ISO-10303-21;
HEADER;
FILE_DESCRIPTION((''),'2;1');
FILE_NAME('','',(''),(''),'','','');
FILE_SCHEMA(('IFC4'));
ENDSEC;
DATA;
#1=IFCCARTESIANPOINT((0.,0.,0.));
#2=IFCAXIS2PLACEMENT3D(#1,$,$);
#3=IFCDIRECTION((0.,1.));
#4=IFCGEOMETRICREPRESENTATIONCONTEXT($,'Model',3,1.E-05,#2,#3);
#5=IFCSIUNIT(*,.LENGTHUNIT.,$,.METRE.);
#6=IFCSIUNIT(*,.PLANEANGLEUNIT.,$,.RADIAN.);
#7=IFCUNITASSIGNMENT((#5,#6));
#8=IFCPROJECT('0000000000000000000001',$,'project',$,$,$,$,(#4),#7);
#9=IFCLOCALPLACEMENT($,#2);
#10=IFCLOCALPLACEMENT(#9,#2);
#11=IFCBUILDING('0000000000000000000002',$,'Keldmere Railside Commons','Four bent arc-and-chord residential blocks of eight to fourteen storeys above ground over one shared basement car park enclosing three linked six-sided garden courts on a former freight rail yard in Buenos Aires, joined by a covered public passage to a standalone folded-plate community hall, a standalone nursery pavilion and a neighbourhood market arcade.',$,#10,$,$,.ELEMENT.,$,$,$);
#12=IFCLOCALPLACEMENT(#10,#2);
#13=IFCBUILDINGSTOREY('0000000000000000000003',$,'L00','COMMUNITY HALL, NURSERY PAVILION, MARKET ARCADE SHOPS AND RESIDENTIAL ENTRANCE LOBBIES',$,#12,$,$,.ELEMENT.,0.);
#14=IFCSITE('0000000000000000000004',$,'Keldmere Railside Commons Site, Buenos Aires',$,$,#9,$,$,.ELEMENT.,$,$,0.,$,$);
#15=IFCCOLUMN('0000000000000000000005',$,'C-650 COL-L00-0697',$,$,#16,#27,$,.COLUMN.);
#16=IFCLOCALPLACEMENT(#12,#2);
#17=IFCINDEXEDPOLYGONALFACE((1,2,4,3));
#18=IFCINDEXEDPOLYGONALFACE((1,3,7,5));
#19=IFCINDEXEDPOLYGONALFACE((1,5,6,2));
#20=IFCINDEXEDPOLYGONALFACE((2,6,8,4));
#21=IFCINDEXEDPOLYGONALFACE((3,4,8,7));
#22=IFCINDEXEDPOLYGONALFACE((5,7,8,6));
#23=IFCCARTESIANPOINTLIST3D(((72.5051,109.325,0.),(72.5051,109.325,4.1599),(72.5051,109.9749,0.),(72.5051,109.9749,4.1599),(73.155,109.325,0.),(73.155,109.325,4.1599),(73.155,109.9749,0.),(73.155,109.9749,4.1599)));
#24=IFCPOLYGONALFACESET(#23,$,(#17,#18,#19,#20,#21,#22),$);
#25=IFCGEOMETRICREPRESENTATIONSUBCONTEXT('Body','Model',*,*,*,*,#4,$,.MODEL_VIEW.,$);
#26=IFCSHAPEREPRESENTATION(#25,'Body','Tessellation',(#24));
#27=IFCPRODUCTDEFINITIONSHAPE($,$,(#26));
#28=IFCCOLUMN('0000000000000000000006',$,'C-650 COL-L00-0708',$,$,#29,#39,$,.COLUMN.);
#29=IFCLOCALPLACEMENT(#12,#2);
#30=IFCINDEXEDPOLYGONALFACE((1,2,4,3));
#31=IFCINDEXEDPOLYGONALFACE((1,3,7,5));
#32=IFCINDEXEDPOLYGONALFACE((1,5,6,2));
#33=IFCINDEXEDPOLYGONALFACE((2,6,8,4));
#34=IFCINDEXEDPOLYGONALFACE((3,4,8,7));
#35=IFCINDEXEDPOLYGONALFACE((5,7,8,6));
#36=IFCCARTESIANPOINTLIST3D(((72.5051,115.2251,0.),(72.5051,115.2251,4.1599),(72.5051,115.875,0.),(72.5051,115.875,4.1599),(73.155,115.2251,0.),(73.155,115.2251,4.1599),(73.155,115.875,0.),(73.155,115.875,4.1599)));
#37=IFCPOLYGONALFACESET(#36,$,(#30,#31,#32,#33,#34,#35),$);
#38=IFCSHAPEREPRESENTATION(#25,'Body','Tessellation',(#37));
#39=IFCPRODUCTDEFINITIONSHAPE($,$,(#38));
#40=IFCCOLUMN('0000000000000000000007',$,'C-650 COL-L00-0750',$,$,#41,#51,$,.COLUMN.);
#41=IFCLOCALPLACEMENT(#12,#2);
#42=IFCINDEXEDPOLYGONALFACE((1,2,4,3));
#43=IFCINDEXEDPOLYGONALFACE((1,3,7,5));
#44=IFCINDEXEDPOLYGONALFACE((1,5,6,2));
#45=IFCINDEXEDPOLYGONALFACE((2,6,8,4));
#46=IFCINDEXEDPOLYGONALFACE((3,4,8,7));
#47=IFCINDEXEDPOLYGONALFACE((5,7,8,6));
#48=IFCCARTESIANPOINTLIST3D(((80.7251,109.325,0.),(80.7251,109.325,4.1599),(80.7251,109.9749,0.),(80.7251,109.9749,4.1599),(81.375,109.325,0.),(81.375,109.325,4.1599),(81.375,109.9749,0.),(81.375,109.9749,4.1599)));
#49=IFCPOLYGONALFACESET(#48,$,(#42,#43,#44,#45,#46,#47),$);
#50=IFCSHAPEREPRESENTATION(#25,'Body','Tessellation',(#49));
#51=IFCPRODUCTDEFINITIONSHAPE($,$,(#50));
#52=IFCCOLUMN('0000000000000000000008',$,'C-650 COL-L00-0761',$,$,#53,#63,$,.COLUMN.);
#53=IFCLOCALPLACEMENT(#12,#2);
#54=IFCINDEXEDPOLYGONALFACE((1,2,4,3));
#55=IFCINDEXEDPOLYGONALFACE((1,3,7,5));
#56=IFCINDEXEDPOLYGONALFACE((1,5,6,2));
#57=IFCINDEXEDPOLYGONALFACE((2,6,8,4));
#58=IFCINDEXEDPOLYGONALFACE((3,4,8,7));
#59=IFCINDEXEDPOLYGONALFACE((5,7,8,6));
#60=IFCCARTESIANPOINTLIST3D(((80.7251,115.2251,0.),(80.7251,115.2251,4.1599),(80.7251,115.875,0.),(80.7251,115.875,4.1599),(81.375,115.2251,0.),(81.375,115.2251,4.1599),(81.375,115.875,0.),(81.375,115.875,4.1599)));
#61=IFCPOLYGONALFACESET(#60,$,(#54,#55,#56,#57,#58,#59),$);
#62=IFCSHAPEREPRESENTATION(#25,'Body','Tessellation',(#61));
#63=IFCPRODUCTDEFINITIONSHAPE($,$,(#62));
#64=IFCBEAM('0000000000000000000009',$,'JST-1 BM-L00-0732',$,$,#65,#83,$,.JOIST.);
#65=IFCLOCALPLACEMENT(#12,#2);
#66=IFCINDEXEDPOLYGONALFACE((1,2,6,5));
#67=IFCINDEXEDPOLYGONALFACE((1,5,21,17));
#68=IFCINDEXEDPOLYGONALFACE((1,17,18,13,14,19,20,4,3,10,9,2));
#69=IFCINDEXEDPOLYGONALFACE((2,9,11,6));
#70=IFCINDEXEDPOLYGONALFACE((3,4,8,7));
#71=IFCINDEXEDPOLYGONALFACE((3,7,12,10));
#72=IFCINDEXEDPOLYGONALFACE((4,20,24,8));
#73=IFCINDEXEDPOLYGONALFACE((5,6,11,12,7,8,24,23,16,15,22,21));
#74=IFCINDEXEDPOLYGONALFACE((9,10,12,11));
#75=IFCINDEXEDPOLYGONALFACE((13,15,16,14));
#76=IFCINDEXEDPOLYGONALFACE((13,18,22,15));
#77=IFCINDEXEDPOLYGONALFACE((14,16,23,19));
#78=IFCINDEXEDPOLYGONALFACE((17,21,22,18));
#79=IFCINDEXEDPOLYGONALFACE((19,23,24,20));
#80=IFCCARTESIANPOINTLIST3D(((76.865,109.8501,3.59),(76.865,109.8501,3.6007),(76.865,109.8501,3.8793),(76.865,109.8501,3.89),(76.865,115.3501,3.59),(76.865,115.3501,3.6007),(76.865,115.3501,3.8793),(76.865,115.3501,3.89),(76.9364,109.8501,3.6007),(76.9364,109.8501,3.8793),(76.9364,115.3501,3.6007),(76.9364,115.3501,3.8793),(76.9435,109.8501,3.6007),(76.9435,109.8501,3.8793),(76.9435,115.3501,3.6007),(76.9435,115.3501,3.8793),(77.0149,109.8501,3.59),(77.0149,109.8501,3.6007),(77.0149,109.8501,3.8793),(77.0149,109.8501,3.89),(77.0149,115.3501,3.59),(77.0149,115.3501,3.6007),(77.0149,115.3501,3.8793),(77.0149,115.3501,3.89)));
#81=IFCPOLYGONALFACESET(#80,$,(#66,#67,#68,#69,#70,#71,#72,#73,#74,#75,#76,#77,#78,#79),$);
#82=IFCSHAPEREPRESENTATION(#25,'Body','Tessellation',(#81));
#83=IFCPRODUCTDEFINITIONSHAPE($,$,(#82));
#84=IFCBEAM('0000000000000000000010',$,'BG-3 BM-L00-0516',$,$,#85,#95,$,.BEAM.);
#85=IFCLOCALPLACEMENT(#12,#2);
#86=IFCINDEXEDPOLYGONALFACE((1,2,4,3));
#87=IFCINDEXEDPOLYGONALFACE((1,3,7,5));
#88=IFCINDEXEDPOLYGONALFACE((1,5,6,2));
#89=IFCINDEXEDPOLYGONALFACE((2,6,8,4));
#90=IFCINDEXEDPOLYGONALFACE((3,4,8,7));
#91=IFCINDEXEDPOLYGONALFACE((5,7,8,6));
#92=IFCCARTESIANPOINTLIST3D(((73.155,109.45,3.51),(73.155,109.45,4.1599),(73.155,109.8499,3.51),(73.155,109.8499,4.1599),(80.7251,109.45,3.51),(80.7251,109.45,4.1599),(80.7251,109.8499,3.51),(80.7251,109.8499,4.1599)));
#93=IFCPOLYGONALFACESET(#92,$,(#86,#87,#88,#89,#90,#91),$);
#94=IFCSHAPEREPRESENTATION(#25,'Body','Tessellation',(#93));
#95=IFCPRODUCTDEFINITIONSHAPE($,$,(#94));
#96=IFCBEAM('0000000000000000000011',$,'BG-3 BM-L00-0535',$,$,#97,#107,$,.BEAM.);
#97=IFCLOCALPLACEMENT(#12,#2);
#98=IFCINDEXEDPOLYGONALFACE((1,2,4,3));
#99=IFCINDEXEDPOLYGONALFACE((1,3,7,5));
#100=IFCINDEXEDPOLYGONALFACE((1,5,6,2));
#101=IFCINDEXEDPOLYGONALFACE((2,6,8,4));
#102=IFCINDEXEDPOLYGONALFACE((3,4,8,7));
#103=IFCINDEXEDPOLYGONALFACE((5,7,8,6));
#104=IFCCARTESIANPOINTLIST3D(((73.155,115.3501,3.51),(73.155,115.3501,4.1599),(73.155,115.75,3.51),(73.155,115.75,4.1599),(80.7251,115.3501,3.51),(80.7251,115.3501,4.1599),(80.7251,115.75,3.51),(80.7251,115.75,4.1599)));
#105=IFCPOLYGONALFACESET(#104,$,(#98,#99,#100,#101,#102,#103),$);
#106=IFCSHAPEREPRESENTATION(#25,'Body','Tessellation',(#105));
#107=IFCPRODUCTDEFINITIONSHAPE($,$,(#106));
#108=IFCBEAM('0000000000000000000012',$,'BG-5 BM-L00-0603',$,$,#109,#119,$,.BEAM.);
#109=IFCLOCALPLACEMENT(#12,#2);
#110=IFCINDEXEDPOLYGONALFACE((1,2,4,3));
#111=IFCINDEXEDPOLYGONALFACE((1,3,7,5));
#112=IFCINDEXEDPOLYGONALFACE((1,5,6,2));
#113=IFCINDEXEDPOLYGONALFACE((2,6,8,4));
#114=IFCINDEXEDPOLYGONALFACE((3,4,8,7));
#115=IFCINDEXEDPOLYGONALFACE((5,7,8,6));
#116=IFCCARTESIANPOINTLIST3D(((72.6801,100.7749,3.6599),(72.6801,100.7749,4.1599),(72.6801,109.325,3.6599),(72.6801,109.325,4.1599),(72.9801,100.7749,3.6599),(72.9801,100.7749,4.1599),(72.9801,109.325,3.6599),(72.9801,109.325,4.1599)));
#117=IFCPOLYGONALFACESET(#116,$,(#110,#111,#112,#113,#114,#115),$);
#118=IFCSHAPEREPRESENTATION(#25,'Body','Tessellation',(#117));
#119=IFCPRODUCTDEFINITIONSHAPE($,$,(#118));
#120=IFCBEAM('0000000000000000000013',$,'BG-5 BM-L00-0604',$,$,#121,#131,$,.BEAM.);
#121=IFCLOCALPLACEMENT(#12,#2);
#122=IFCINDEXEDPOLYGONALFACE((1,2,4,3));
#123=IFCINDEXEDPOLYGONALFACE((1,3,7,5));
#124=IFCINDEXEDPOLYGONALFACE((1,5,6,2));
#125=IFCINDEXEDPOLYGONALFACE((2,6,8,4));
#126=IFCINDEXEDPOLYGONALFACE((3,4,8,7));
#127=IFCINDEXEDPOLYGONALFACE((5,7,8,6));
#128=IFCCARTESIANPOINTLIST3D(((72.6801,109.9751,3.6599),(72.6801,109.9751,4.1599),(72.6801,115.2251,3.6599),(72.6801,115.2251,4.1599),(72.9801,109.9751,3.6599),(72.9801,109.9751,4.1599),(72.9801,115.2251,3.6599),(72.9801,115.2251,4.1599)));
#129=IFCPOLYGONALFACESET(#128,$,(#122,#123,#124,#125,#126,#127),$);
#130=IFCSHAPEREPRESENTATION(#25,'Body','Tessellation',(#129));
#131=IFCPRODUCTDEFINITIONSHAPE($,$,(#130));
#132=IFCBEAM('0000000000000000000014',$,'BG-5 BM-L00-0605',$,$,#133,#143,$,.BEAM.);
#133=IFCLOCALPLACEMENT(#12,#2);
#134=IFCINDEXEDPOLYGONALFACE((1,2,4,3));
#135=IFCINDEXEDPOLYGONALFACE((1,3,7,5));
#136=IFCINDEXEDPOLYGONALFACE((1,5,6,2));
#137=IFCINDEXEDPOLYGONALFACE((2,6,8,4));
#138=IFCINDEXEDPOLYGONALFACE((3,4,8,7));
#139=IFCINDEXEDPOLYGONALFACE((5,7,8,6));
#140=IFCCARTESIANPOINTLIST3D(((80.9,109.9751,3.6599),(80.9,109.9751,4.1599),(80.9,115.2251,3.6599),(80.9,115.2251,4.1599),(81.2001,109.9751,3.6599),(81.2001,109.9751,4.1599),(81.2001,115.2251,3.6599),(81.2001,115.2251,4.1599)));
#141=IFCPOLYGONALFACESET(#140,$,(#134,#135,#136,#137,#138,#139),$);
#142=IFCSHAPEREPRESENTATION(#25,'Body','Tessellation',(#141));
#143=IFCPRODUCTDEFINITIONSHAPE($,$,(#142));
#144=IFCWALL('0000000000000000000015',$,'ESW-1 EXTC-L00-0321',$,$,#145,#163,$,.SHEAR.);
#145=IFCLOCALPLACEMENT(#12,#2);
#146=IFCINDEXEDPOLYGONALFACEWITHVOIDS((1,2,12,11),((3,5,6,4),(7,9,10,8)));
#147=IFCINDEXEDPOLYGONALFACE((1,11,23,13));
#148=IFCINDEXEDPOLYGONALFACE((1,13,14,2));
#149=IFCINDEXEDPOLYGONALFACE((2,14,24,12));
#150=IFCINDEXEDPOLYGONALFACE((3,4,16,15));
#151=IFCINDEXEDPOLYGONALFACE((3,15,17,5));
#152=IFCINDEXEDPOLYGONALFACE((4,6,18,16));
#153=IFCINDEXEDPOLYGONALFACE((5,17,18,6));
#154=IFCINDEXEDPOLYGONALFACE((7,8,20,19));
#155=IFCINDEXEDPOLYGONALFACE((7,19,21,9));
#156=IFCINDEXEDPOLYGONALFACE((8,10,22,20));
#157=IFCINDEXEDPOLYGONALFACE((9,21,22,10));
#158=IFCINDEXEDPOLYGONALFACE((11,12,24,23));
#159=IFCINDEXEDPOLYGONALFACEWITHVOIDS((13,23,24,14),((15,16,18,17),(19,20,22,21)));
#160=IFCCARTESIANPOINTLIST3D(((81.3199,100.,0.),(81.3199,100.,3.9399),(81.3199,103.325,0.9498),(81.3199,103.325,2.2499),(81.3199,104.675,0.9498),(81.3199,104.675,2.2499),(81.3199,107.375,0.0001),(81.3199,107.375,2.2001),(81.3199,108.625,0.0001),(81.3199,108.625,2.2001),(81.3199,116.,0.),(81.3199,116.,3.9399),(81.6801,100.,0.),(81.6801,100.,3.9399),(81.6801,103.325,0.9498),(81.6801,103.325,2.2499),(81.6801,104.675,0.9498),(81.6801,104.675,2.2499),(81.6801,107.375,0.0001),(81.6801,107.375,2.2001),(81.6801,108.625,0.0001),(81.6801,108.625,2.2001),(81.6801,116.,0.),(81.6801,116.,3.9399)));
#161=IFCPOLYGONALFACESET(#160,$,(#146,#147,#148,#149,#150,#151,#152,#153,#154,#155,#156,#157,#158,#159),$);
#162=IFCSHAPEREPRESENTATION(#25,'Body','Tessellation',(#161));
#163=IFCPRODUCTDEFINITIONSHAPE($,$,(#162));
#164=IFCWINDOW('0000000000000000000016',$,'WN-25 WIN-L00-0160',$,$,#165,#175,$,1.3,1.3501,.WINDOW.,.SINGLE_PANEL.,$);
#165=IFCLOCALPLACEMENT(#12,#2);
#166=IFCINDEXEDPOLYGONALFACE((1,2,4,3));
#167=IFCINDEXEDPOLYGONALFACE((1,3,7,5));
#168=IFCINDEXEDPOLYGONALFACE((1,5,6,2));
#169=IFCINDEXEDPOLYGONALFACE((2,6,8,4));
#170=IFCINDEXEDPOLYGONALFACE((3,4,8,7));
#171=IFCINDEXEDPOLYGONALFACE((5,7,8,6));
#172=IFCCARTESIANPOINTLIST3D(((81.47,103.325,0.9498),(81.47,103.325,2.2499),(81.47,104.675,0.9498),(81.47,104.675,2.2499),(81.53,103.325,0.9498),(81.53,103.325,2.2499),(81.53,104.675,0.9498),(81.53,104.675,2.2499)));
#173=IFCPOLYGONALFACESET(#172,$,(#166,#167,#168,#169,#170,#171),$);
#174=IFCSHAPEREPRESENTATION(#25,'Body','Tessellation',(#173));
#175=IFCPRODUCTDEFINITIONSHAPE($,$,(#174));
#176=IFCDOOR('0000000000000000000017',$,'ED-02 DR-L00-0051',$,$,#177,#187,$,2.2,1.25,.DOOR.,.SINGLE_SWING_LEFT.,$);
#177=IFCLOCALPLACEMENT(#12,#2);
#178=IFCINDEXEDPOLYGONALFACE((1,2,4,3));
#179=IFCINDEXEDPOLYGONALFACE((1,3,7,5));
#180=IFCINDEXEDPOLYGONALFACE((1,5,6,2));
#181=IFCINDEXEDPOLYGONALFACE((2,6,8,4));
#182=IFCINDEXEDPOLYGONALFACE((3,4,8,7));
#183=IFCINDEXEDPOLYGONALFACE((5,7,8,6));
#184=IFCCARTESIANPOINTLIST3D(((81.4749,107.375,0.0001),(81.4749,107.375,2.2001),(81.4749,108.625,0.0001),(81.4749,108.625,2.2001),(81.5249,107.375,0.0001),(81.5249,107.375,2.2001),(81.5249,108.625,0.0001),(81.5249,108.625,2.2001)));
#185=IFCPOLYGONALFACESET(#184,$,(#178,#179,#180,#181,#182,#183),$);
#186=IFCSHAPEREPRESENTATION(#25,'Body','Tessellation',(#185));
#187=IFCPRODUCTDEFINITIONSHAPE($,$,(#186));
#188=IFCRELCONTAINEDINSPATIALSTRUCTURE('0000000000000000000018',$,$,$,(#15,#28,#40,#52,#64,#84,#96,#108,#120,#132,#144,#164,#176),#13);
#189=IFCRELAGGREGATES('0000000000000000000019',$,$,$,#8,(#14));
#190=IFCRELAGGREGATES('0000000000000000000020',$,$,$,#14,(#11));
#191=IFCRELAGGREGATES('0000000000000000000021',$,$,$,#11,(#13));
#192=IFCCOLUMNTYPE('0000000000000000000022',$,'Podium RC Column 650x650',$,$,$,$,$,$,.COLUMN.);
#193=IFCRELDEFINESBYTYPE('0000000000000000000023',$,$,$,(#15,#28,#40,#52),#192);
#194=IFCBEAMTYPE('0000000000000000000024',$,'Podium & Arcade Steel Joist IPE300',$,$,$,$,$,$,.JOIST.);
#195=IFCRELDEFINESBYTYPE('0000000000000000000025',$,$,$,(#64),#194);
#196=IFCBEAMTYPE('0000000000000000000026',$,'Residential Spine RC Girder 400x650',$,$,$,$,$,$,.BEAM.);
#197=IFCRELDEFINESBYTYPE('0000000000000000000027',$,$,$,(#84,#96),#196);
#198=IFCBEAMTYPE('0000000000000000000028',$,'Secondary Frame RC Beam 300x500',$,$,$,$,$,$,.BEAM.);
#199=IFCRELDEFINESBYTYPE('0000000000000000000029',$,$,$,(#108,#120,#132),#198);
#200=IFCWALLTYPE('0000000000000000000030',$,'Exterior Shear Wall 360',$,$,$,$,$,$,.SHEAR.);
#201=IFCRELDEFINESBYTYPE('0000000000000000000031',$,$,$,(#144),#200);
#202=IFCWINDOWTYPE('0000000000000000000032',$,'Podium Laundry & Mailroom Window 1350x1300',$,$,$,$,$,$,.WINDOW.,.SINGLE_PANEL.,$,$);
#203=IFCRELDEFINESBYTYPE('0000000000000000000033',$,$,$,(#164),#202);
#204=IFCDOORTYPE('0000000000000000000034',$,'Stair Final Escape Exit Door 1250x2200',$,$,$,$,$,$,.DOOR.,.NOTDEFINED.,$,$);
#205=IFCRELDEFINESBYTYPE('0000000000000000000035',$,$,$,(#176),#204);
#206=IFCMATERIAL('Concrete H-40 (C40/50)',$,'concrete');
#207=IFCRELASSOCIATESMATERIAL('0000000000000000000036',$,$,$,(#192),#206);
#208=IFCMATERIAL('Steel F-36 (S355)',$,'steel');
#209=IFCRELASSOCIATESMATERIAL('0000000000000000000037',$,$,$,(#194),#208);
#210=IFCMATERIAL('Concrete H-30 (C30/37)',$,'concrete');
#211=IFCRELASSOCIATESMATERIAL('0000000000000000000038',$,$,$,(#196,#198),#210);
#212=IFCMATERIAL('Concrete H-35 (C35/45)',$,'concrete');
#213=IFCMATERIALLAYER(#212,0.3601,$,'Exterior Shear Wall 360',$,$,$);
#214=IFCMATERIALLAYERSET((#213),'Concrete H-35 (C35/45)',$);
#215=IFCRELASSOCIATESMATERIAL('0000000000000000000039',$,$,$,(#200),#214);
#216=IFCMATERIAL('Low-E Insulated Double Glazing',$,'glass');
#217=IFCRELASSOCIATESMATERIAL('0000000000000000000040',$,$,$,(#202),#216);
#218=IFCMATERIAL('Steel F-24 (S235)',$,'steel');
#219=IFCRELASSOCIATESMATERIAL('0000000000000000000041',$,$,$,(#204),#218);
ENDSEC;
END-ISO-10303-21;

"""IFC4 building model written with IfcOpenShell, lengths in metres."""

from ifc_helpers import new_model, si_unit, direction, frame, frame_2d, origin, origin_2d, place, context, subcontext, project, spatial, rectangle, i_section, extrude, material, layer, layer_set, material_profile, profile_set, type_object, element, fill, save


model = new_model("IFC4")

# Units and contexts
model_context = context("Model", 3, precision=1e-05, world=origin(), true_north=direction((0.0, 1.0)))
body_context = subcontext(model_context, "Body", "Model", "MODEL_VIEW")
ifc_project = project(units=[si_unit("LENGTHUNIT", "METRE"), si_unit("PLANEANGLEUNIT", "RADIAN")], contexts=[model_context])

# Site, building, storey
site_placement = place(None, origin())
site = spatial("IfcSite", under=ifc_project, at=site_placement, Name="Keldmere Railside Commons Site, Buenos Aires", CompositionType="ELEMENT", RefElevation=0.0)
building_placement = place(site_placement, origin())
building = spatial("IfcBuilding", under=site, at=building_placement, Name="Keldmere Railside Commons", Description="Four bent arc-and-chord residential blocks of eight to fourteen storeys above ground over one shared basement car park enclosing three linked six-sided garden courts on a former freight rail yard in Buenos Aires, joined by a covered public passage to a standalone folded-plate community hall, a standalone nursery pavilion and a neighbourhood market arcade.", CompositionType="ELEMENT")
storey_placement = place(building_placement, origin())
storey = spatial("IfcBuildingStorey", under=building, at=storey_placement, Name="L00", Description="COMMUNITY HALL, NURSERY PAVILION, MARKET ARCADE SHOPS AND RESIDENTIAL ENTRANCE LOBBIES", CompositionType="ELEMENT", Elevation=0.0)

# Columns
ifc_material_1 = material(Name="Concrete H-40 (C40/50)", Category="concrete")
ifc_material_profile_1 = material_profile(ifc_material_1, rectangle(XDim=0.6499, YDim=0.6499, at=origin_2d()), Name="RC-650x650")
ifc_profile_set_1 = profile_set([ifc_material_profile_1], Name="Concrete H-40 (C40/50)")
column_type = type_object("IfcColumnType", Name="Podium RC Column 650x650", PredefinedType="COLUMN", material=ifc_profile_set_1)
for number, where, z_axis, x_axis, name in (
    (1, (72.8301, 109.6499, 0.0), (0.0, 0.0, 1.0), (1.0, 0.0, 0.0), "C-650 COL-L00-0697"),
    (2, (72.8301, 115.55, 0.0), (0.0, 0.0, 1.0), (1.0, 0.0, 0.0), "C-650 COL-L00-0708"),
    (3, (81.05, 109.6499, 0.0), (0.0, 0.0, 1.0), (1.0, 0.0, 0.0), "C-650 COL-L00-0750"),
    (4, (81.05, 115.55, 0.0), (0.0, 0.0, 1.0), (1.0, 0.0, 0.0), "C-650 COL-L00-0761"),
):
    element("IfcColumn", number, at=place(storey_placement, frame(where, z_axis=z_axis, x_axis=x_axis)), inside=storey, type_object=column_type, Name=name, PredefinedType="COLUMN", context=body_context, shape_type="SweptSolid", body=[
        extrude(rectangle(XDim=0.6499, YDim=0.6499, at=origin_2d()), origin(), (0.0, 0.0, 1.0), 4.1599),
    ])

# Beams
ifc_material_2 = material(Name="Steel F-36 (S355)", Category="steel")
ifc_material_profile_2 = material_profile(ifc_material_2, i_section(OverallWidth=0.1499, OverallDepth=0.3, WebThickness=0.0071, FlangeThickness=0.0107, at=origin_2d()), Name="IPE-300")
ifc_profile_set_2 = profile_set([ifc_material_profile_2], Name="Steel F-36 (S355)")
beam_type_1 = type_object("IfcBeamType", Name="Podium & Arcade Steel Joist IPE300", PredefinedType="JOIST", material=ifc_profile_set_2)
beam_1_placement = place(storey_placement, frame((76.9399, 109.8501, 3.74), z_axis=(0.0, 1.0, 0.0), x_axis=(-1.0, 0.0, 0.0)))
element("IfcBeam", 5, at=beam_1_placement, inside=storey, type_object=beam_type_1, Name="JST-1 BM-L00-0732", PredefinedType="JOIST", context=body_context, shape_type="SweptSolid", body=[
    extrude(i_section(OverallWidth=0.1499, OverallDepth=0.3, WebThickness=0.0071, FlangeThickness=0.0107, at=origin_2d()), origin(), (0.0, 0.0, 1.0), 5.5),
])
ifc_material_3 = material(Name="Concrete H-30 (C30/37)", Category="concrete")
ifc_material_profile_3 = material_profile(ifc_material_3, rectangle(XDim=0.3999, YDim=0.6499, at=origin_2d()), Name="RC-400x650")
ifc_profile_set_3 = profile_set([ifc_material_profile_3], Name="Concrete H-30 (C30/37)")
beam_type_2 = type_object("IfcBeamType", Name="Residential Spine RC Girder 400x650", PredefinedType="BEAM", material=ifc_profile_set_3)
for number, where, z_axis, x_axis, name in (
    (6, (73.155, 109.6499, 3.835), (1.0, 0.0, 0.0), (0.0, 1.0, 0.0), "BG-3 BM-L00-0516"),
    (7, (73.155, 115.55, 3.835), (1.0, 0.0, 0.0), (0.0, 1.0, 0.0), "BG-3 BM-L00-0535"),
):
    element("IfcBeam", number, at=place(storey_placement, frame(where, z_axis=z_axis, x_axis=x_axis)), inside=storey, type_object=beam_type_2, Name=name, PredefinedType="BEAM", context=body_context, shape_type="SweptSolid", body=[
        extrude(rectangle(XDim=0.3999, YDim=0.6499, at=origin_2d()), origin(), (0.0, 0.0, 1.0), 7.5701),
    ])
ifc_material_profile_4 = material_profile(ifc_material_3, rectangle(XDim=0.3, YDim=0.5, at=origin_2d()), Name="RC-300x500")
ifc_profile_set_4 = profile_set([ifc_material_profile_4], Name="Concrete H-30 (C30/37)")
beam_type_3 = type_object("IfcBeamType", Name="Secondary Frame RC Beam 300x500", PredefinedType="BEAM", material=ifc_profile_set_4)
beam_2_placement = place(storey_placement, frame((72.8301, 100.7749, 3.9099), z_axis=(0.0, 1.0, 0.0), x_axis=(-1.0, 0.0, 0.0)))
element("IfcBeam", 8, at=beam_2_placement, inside=storey, type_object=beam_type_3, Name="BG-5 BM-L00-0603", PredefinedType="BEAM", context=body_context, shape_type="SweptSolid", body=[
    extrude(rectangle(XDim=0.3, YDim=0.5, at=origin_2d()), origin(), (0.0, 0.0, 1.0), 8.55),
])
for number, where, z_axis, x_axis, name in (
    (9, (72.8301, 109.9751, 3.9099), (0.0, 1.0, 0.0), (-1.0, 0.0, 0.0), "BG-5 BM-L00-0604"),
    (10, (81.05, 109.9751, 3.9099), (0.0, 1.0, 0.0), (-1.0, 0.0, 0.0), "BG-5 BM-L00-0605"),
):
    element("IfcBeam", number, at=place(storey_placement, frame(where, z_axis=z_axis, x_axis=x_axis)), inside=storey, type_object=beam_type_3, Name=name, PredefinedType="BEAM", context=body_context, shape_type="SweptSolid", body=[
        extrude(rectangle(XDim=0.3, YDim=0.5, at=origin_2d()), origin(), (0.0, 0.0, 1.0), 5.25),
    ])

# Wall, openings, window, door
ifc_material_4 = material(Name="Concrete H-35 (C35/45)", Category="concrete")
ifc_layer_1 = layer(ifc_material_4, 0.3601, Name="Exterior Shear Wall 360")
ifc_layer_set_1 = layer_set([ifc_layer_1], Name="Concrete H-35 (C35/45)")
wall_type_1 = type_object("IfcWallType", Name="Exterior Shear Wall 360", PredefinedType="SHEAR", material=ifc_layer_set_1)
wall_1_placement = place(storey_placement, frame((81.5, 116.0, 0.0), z_axis=(0.0, 0.0, 1.0), x_axis=(0.0, -1.0, 0.0)))
wall_1 = element("IfcWall", 11, at=wall_1_placement, inside=storey, type_object=wall_type_1, Name="ESW-1 EXTC-L00-0321", PredefinedType="SHEAR", context=body_context, shape_type="SweptSolid", body=[
    extrude(rectangle(XDim=16.0, YDim=0.3601, at=frame_2d((8.0, 0.0))), origin(), (0.0, 0.0, 1.0), 3.9399),
])
opening_1_placement = place(wall_1_placement, frame((7.375, 0.0, 0.0)))
opening_1 = element("IfcOpeningElement", 12, at=opening_1_placement, cuts=wall_1, PredefinedType="OPENING", context=body_context, shape_type="SweptSolid", body=[
    extrude(rectangle(XDim=1.25, YDim=2.2, at=frame_2d((0.625, 1.1001))), frame((0.0, 0.1899, 0.0), z_axis=(0.0, -1.0, 0.0), x_axis=(1.0, 0.0, 0.0)), (0.0, 0.0, 1.0), 0.3801),
])
opening_2_placement = place(wall_1_placement, frame((11.325, 0.0, 0.95)))
opening_2 = element("IfcOpeningElement", 13, at=opening_2_placement, cuts=wall_1, PredefinedType="OPENING", context=body_context, shape_type="SweptSolid", body=[
    extrude(rectangle(XDim=1.3501, YDim=1.3, at=frame_2d((0.675, 0.6499))), frame((0.0, 0.1899, 0.0), z_axis=(0.0, -1.0, 0.0), x_axis=(1.0, 0.0, 0.0)), (0.0, 0.0, 1.0), 0.3801),
])
ifc_material_5 = material(Name="Low-E Insulated Double Glazing", Category="glass")
window_type = type_object("IfcWindowType", Name="Podium Laundry & Mailroom Window 1350x1300", PartitioningType="SINGLE_PANEL", PredefinedType="WINDOW", material=ifc_material_5)
window_placement = place(opening_2_placement, origin())
window = element("IfcWindow", 14, at=window_placement, inside=storey, type_object=window_type, Name="WN-25 WIN-L00-0160", OverallHeight=1.3, OverallWidth=1.3501, PartitioningType="SINGLE_PANEL", PredefinedType="WINDOW", context=body_context, shape_type="SweptSolid", body=[
    extrude(rectangle(XDim=1.3501, YDim=1.3, at=frame_2d((0.675, 0.6499))), frame((0.0, 0.03, 0.0), z_axis=(0.0, -1.0, 0.0), x_axis=(1.0, 0.0, 0.0)), (0.0, 0.0, 1.0), 0.0601),
])
fill(opening_2, window)
ifc_material_6 = material(Name="Steel F-24 (S235)", Category="steel")
door_type_1 = type_object("IfcDoorType", Name="Stair Final Escape Exit Door 1250x2200", OperationType="NOTDEFINED", PredefinedType="DOOR", material=ifc_material_6)
door_1_placement = place(opening_1_placement, origin())
door_1 = element("IfcDoor", 15, at=door_1_placement, inside=storey, type_object=door_type_1, Name="ED-02 DR-L00-0051", OperationType="SINGLE_SWING_LEFT", OverallHeight=2.2, OverallWidth=1.25, PredefinedType="DOOR", context=body_context, shape_type="SweptSolid", body=[
    extrude(rectangle(XDim=1.25, YDim=2.2, at=frame_2d((0.625, 1.1001))), frame((0.0, 0.0249, 0.0), z_axis=(0.0, -1.0, 0.0), x_axis=(1.0, 0.0, 0.0)), (0.0, 0.0, 1.0), 0.05),
])
fill(opening_1, door_1)

save(model, "model.ifc")
